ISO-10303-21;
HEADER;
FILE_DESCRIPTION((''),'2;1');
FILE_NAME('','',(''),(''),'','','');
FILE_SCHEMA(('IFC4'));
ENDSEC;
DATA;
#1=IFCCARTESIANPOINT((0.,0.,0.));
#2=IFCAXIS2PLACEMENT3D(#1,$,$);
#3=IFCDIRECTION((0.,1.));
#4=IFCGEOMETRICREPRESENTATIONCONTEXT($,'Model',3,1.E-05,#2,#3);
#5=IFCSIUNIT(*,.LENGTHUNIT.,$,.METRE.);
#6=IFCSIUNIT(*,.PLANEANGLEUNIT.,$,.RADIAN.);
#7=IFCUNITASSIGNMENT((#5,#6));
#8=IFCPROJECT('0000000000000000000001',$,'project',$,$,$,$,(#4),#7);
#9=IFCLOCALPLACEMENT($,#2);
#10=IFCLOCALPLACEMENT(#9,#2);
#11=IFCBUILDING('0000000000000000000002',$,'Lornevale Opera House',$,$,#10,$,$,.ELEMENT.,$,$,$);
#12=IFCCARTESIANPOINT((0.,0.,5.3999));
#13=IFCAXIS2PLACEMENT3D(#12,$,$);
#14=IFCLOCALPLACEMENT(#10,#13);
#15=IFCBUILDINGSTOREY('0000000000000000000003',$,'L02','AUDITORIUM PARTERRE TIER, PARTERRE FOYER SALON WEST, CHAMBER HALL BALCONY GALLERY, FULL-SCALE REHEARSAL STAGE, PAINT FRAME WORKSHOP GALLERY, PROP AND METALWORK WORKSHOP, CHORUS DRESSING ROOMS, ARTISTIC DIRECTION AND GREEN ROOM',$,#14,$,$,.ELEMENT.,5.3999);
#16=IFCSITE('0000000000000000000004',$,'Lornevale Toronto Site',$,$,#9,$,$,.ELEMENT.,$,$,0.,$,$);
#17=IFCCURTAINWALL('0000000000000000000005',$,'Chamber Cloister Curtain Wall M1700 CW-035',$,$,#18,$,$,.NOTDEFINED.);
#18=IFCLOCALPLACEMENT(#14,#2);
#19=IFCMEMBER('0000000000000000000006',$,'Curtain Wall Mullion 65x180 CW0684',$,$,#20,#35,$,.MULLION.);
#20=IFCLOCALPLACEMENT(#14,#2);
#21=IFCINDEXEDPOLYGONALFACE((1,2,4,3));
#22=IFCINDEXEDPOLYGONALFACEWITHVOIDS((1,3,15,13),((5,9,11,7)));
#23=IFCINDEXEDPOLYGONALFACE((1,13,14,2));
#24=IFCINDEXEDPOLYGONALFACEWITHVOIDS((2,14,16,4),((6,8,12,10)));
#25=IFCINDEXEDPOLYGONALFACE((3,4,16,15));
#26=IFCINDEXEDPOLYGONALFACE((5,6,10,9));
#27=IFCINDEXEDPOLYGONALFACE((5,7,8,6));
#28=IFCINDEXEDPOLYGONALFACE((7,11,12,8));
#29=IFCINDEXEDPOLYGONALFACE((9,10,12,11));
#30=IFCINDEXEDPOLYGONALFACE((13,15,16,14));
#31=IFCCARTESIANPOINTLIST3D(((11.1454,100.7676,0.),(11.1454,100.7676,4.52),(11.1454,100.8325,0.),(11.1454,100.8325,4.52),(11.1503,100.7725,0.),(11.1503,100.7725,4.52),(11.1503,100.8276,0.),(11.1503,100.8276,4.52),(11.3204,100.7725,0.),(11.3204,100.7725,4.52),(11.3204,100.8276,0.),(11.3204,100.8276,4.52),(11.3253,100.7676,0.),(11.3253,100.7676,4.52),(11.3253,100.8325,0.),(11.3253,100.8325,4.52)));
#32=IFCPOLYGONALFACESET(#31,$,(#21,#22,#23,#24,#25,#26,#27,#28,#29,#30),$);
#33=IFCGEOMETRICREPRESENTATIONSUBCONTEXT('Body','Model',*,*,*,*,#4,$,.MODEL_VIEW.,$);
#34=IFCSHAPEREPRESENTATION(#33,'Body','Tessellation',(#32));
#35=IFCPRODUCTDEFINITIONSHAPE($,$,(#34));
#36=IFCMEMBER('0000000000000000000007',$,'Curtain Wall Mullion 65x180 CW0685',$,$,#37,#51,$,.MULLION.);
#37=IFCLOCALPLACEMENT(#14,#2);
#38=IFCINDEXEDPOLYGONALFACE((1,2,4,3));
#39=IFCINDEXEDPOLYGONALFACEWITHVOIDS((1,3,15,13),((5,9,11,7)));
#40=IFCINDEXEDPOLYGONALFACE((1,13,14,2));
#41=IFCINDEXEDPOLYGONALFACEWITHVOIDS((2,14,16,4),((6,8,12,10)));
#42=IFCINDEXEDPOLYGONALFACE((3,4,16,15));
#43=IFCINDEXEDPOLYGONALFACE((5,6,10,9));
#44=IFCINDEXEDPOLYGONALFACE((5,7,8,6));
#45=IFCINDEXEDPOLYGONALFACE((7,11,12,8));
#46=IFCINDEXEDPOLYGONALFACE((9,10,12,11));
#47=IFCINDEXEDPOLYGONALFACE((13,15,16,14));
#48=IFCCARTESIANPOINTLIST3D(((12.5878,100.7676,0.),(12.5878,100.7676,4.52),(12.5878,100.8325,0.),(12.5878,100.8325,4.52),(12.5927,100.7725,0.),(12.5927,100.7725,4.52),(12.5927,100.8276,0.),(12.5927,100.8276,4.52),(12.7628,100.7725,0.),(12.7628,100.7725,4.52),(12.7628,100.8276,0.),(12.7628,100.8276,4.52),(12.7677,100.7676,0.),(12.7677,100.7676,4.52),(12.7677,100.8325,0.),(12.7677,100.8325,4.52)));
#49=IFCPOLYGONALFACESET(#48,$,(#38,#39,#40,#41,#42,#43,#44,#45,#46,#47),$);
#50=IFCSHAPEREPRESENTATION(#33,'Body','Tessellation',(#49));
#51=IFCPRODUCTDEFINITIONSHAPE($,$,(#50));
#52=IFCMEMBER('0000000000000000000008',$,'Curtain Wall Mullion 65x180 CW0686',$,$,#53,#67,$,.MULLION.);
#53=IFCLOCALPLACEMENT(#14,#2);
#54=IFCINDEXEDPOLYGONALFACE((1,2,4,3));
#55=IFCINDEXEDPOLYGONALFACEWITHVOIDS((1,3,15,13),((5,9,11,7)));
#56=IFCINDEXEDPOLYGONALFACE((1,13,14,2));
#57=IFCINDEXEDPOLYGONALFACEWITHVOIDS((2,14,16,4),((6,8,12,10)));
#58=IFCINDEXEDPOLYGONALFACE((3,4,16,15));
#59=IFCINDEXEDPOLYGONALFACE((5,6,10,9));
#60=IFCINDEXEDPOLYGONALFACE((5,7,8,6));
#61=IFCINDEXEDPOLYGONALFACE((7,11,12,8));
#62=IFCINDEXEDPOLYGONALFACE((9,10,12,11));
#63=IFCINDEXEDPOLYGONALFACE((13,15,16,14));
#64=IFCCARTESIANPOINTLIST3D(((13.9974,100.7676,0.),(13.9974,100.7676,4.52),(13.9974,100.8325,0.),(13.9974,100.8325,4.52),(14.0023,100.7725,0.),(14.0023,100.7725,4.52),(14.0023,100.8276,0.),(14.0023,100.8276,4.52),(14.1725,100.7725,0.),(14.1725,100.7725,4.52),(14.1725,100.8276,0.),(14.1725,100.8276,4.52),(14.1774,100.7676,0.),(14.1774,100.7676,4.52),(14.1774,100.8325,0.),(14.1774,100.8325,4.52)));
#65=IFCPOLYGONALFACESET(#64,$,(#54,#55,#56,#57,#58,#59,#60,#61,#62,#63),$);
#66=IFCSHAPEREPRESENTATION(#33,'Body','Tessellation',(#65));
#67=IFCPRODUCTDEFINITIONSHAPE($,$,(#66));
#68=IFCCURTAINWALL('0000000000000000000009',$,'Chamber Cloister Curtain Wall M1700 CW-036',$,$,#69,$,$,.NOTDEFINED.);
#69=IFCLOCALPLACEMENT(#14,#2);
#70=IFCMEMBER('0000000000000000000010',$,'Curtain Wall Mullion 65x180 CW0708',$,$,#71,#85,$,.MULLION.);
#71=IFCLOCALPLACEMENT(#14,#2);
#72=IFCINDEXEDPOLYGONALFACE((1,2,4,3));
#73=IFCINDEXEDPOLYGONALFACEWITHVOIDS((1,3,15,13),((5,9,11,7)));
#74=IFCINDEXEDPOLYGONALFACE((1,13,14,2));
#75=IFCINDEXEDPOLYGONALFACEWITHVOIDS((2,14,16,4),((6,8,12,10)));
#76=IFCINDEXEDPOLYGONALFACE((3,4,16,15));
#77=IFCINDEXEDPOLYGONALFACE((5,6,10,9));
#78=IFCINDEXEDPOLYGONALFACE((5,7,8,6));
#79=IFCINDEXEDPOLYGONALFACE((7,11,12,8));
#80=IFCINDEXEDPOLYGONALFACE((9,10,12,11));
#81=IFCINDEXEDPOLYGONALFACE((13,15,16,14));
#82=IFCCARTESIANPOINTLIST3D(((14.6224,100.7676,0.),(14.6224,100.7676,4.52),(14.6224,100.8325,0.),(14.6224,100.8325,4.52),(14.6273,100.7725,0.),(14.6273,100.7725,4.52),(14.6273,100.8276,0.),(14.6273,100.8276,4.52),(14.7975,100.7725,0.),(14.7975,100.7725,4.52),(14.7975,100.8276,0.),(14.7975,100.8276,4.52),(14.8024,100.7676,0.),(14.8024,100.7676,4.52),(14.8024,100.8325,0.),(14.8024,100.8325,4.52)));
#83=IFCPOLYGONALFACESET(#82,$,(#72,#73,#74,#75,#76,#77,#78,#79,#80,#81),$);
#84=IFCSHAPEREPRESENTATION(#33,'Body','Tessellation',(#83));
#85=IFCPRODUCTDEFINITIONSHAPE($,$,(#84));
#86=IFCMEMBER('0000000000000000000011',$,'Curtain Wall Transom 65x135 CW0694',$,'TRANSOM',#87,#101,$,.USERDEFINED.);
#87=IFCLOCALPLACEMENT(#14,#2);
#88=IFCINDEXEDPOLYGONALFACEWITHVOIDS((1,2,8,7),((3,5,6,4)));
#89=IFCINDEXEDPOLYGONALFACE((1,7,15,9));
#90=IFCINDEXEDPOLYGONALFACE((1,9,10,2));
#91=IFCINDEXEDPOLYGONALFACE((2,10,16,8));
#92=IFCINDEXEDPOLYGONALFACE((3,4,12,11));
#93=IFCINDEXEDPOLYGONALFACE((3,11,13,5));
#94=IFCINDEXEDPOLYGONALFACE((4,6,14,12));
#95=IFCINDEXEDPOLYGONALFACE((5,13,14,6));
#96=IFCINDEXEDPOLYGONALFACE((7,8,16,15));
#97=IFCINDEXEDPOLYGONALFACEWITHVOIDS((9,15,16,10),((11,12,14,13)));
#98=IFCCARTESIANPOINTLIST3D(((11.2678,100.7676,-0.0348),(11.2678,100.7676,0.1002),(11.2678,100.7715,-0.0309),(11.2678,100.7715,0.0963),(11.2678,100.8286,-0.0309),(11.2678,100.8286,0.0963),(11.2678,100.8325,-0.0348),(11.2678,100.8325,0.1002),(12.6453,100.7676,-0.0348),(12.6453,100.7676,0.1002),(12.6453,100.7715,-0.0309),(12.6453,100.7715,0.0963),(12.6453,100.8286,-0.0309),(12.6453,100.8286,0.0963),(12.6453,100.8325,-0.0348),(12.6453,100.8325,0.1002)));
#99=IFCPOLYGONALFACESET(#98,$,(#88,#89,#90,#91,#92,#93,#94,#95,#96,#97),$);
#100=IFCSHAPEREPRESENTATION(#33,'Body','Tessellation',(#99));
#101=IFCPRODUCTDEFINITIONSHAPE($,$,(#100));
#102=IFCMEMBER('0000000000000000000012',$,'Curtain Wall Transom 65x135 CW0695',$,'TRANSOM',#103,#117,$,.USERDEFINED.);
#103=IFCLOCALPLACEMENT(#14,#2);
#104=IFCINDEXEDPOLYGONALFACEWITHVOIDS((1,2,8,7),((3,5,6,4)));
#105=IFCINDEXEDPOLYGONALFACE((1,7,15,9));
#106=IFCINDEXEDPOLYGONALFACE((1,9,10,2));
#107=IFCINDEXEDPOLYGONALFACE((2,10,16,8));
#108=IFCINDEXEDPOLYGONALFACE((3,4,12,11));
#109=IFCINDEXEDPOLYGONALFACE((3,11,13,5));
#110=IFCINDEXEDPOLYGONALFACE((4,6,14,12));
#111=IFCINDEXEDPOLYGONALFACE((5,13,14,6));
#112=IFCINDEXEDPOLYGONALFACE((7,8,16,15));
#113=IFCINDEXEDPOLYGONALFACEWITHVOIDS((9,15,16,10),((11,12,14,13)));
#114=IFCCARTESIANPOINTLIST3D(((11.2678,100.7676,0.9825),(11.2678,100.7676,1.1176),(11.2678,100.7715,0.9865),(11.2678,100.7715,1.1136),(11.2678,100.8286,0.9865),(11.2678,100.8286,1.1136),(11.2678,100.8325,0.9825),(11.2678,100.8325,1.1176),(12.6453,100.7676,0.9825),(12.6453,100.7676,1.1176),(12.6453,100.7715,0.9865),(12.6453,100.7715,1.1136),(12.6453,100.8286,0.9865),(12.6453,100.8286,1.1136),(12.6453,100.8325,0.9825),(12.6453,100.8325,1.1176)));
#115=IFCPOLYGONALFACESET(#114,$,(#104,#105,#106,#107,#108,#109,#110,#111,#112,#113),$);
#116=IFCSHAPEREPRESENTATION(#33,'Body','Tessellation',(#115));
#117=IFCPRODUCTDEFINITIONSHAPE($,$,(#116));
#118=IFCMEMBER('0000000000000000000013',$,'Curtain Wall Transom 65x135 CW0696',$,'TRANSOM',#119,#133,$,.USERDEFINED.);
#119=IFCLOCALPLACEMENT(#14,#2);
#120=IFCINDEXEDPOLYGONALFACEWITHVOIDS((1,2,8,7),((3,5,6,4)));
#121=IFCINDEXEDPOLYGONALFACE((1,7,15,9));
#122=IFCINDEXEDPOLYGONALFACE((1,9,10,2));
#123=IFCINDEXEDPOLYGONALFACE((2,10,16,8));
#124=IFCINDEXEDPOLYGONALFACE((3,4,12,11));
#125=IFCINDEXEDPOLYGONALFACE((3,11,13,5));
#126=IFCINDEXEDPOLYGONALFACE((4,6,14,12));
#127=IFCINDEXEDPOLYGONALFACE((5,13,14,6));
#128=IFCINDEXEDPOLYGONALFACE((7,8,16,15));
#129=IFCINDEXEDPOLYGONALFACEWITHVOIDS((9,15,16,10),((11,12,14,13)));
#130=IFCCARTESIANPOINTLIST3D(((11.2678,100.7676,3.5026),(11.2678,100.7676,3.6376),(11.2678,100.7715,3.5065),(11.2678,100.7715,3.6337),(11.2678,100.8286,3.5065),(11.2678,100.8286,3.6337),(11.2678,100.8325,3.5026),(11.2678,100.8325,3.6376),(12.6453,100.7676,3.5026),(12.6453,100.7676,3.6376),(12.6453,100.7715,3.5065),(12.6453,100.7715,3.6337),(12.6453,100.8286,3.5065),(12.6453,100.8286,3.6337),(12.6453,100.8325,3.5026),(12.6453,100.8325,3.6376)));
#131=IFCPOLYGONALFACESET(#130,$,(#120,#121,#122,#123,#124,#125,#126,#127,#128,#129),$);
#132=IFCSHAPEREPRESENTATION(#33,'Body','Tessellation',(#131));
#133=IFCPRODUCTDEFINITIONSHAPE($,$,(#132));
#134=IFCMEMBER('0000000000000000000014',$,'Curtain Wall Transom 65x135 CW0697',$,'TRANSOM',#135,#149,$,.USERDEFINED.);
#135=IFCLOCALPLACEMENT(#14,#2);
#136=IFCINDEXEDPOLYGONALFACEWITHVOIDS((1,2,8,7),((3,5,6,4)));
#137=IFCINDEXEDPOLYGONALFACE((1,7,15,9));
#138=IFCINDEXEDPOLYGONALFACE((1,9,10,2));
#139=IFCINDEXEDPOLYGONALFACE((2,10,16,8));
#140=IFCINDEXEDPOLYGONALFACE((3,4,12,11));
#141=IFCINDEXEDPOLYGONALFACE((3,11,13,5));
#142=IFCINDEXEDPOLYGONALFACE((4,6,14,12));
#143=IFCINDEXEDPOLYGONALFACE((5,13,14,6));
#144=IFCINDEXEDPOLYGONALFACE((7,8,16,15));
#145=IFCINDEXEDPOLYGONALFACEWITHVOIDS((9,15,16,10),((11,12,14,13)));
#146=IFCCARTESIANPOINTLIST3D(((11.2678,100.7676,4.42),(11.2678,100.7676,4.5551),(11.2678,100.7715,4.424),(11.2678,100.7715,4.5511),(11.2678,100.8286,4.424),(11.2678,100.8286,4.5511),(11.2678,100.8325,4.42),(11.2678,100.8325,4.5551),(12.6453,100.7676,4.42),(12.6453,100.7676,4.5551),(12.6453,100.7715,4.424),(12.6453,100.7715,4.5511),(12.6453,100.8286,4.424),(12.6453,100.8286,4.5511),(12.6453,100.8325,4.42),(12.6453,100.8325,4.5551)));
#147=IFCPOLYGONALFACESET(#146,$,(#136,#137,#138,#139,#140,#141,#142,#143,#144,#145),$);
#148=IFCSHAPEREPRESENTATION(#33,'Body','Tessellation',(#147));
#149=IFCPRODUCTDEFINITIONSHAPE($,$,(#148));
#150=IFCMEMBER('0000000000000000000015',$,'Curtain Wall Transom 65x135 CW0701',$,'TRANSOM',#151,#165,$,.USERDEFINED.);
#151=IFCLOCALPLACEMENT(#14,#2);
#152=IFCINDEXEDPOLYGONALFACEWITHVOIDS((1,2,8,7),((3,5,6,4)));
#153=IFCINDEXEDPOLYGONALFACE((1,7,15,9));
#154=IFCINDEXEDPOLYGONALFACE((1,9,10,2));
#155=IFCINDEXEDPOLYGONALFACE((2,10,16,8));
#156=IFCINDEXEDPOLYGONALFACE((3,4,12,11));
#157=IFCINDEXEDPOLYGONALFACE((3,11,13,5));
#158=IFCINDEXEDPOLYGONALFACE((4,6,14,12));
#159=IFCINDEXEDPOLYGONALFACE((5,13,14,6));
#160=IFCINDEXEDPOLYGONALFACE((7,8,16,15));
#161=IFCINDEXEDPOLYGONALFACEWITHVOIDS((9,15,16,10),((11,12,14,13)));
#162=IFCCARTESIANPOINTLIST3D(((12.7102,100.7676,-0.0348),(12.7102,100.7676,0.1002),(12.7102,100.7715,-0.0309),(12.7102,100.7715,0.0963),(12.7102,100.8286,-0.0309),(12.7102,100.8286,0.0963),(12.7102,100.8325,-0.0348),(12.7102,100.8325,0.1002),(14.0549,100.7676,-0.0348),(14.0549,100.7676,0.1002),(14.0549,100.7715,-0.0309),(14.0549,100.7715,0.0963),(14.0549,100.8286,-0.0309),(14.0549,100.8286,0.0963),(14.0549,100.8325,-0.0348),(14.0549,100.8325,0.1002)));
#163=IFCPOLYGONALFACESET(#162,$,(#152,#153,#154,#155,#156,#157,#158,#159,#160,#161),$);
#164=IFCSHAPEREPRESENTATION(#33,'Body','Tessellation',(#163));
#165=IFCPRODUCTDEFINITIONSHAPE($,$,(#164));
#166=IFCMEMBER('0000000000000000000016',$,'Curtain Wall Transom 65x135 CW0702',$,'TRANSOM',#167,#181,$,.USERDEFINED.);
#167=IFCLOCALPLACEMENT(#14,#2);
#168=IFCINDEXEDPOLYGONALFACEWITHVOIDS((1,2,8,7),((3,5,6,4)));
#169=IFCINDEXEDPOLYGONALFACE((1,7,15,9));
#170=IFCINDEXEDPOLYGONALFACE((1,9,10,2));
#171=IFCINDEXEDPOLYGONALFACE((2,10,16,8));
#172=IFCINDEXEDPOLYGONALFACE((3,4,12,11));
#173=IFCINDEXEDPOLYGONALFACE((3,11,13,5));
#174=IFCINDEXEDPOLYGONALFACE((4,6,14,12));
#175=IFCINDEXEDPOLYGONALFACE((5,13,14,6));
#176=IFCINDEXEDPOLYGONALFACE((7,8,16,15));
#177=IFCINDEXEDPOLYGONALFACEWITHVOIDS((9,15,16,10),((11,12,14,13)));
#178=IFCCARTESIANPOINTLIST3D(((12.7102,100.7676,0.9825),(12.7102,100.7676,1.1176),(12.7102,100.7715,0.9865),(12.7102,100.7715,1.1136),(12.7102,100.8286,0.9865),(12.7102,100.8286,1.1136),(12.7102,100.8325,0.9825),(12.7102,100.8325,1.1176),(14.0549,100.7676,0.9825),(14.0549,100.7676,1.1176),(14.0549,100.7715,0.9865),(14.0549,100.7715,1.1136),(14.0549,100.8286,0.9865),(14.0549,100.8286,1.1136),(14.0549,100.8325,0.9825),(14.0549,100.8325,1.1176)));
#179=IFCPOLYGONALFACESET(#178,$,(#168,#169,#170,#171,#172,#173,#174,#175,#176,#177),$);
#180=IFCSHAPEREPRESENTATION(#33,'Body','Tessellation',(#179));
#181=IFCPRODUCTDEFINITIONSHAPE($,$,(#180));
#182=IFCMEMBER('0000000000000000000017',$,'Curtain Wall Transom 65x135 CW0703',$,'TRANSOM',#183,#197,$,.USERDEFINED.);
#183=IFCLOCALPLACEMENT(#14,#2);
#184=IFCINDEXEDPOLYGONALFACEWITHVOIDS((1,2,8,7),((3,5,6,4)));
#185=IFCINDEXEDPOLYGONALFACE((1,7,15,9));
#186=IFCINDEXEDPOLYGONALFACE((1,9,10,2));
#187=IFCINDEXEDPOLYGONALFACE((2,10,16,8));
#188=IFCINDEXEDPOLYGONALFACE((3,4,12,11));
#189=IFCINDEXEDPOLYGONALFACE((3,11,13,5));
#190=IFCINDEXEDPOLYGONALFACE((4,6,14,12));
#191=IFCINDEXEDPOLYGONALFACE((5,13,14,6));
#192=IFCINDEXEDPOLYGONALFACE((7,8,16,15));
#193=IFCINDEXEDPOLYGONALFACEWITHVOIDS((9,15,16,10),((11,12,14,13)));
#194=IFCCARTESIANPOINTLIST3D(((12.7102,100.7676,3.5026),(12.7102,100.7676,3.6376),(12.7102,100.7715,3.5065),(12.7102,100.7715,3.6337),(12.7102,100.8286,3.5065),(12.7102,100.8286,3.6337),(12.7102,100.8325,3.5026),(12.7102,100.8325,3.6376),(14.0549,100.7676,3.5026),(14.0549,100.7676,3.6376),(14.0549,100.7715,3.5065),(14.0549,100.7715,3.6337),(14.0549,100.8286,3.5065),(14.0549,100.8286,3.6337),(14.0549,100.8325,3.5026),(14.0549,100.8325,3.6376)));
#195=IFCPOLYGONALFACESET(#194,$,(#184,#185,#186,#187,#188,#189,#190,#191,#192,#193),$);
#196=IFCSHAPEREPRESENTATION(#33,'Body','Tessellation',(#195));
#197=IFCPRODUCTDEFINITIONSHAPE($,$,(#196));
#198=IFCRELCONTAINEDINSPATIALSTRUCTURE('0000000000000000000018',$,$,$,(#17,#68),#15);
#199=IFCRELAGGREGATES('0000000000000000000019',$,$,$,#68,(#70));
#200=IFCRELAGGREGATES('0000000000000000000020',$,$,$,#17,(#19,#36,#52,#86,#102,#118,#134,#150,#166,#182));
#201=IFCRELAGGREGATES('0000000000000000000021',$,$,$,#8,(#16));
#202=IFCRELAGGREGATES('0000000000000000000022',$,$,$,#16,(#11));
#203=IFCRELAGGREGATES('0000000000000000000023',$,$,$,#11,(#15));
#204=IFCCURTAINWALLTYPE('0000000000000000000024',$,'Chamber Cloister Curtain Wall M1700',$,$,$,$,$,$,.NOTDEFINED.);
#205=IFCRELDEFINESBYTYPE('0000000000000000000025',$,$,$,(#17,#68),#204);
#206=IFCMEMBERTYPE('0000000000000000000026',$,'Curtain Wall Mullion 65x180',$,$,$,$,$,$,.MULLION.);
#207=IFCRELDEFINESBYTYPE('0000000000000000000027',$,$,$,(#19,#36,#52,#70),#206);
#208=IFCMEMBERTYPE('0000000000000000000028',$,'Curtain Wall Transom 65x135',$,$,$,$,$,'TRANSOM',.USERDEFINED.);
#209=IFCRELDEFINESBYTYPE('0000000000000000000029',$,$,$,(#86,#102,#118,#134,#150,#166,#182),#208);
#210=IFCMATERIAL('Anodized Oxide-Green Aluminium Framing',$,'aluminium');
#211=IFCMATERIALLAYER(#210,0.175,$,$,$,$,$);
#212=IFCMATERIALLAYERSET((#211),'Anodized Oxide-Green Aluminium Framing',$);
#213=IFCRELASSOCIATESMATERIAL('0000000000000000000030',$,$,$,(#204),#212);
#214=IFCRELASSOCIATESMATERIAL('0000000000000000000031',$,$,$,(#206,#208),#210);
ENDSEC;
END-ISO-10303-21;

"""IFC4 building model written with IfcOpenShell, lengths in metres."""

from ifc_helpers import new_model, si_unit, direction, frame, origin, origin_2d, place, context, subcontext, project, spatial, hollow_rectangle, extrude, material, layer, layer_set, material_profile, profile_set, type_object, element, aggregate, save


model = new_model("IFC4")

# Units and contexts
model_context = context("Model", 3, precision=1e-05, world=origin(), true_north=direction((0.0, 1.0)))
body_context = subcontext(model_context, "Body", "Model", "MODEL_VIEW")
ifc_project = project(units=[si_unit("LENGTHUNIT", "METRE"), si_unit("PLANEANGLEUNIT", "RADIAN")], contexts=[model_context])

# Site, building, storey
site_placement = place(None, origin())
site = spatial("IfcSite", under=ifc_project, at=site_placement, Name="Lornevale Toronto Site", CompositionType="ELEMENT", RefElevation=0.0)
building_placement = place(site_placement, origin())
building = spatial("IfcBuilding", under=site, at=building_placement, Name="Lornevale Opera House", CompositionType="ELEMENT")
storey_placement = place(building_placement, frame((0.0, 0.0, 5.3999)))
storey = spatial("IfcBuildingStorey", under=building, at=storey_placement, Name="L02", Description="AUDITORIUM PARTERRE TIER, PARTERRE FOYER SALON WEST, CHAMBER HALL BALCONY GALLERY, FULL-SCALE REHEARSAL STAGE, PAINT FRAME WORKSHOP GALLERY, PROP AND METALWORK WORKSHOP, CHORUS DRESSING ROOMS, ARTISTIC DIRECTION AND GREEN ROOM", CompositionType="ELEMENT", Elevation=5.3999)

# Curtain wall, members
ifc_material_1 = material(Name="Anodized Oxide-Green Aluminium Framing", Category="aluminium")
ifc_layer_1 = layer(ifc_material_1, 0.175)
ifc_layer_set_1 = layer_set([ifc_layer_1], Name="Anodized Oxide-Green Aluminium Framing")
curtain_wall_type = type_object("IfcCurtainWallType", Name="Chamber Cloister Curtain Wall M1700", PredefinedType="NOTDEFINED", material=ifc_layer_set_1)
curtain_wall_1_placement = place(storey_placement, origin())
curtain_wall_1 = element("IfcCurtainWall", 1, at=curtain_wall_1_placement, inside=storey, type_object=curtain_wall_type, Name="Chamber Cloister Curtain Wall M1700 CW-035", PredefinedType="NOTDEFINED")
ifc_material_profile_1 = material_profile(ifc_material_1, hollow_rectangle(XDim=0.0649, YDim=0.1799, WallThickness=0.0049, at=origin_2d()), Name="ALU65x180x5")
ifc_profile_set_1 = profile_set([ifc_material_profile_1], Name="Anodized Oxide-Green Aluminium Framing")
member_type_1 = type_object("IfcMemberType", Name="Curtain Wall Mullion 65x180", PredefinedType="MULLION", material=ifc_profile_set_1)
member_1_placement = place(storey_placement, frame((11.2354, 100.8, 0.0), z_axis=(0.0, 0.0, 1.0), x_axis=(0.0, 1.0, 0.0)))
member_1 = element("IfcMember", 2, at=member_1_placement, type_object=member_type_1, Name="Curtain Wall Mullion 65x180 CW0684", PredefinedType="MULLION", context=body_context, shape_type="SweptSolid", body=[
    extrude(hollow_rectangle(XDim=0.0649, YDim=0.1799, WallThickness=0.0049, at=origin_2d()), origin(), (0.0, 0.0, 1.0), 4.52),
])
member_2_placement = place(storey_placement, frame((12.6777, 100.8, 0.0), z_axis=(0.0, 0.0, 1.0), x_axis=(0.0, 1.0, 0.0)))
member_2 = element("IfcMember", 3, at=member_2_placement, type_object=member_type_1, Name="Curtain Wall Mullion 65x180 CW0685", PredefinedType="MULLION", context=body_context, shape_type="SweptSolid", body=[
    extrude(hollow_rectangle(XDim=0.0649, YDim=0.1799, WallThickness=0.0049, at=origin_2d()), origin(), (0.0, 0.0, 1.0), 4.52),
])
member_3_placement = place(storey_placement, frame((14.0874, 100.8, 0.0), z_axis=(0.0, 0.0, 1.0), x_axis=(0.0, 1.0, 0.0)))
member_3 = element("IfcMember", 4, at=member_3_placement, type_object=member_type_1, Name="Curtain Wall Mullion 65x180 CW0686", PredefinedType="MULLION", context=body_context, shape_type="SweptSolid", body=[
    extrude(hollow_rectangle(XDim=0.0649, YDim=0.1799, WallThickness=0.0049, at=origin_2d()), origin(), (0.0, 0.0, 1.0), 4.52),
])

# Curtain wall, member
curtain_wall_2_placement = place(storey_placement, origin())
curtain_wall_2 = element("IfcCurtainWall", 5, at=curtain_wall_2_placement, inside=storey, type_object=curtain_wall_type, Name="Chamber Cloister Curtain Wall M1700 CW-036", PredefinedType="NOTDEFINED")
member_4_placement = place(storey_placement, frame((14.7124, 100.8, 0.0), z_axis=(0.0, 0.0, 1.0), x_axis=(0.0, 1.0, 0.0)))
member_4 = element("IfcMember", 6, at=member_4_placement, type_object=member_type_1, Name="Curtain Wall Mullion 65x180 CW0708", PredefinedType="MULLION", context=body_context, shape_type="SweptSolid", body=[
    extrude(hollow_rectangle(XDim=0.0649, YDim=0.1799, WallThickness=0.0049, at=origin_2d()), origin(), (0.0, 0.0, 1.0), 4.52),
])

# Members
ifc_material_profile_2 = material_profile(ifc_material_1, hollow_rectangle(XDim=0.0649, YDim=0.135, WallThickness=0.0039, at=origin_2d()), Name="ALU65x135x4")
ifc_profile_set_2 = profile_set([ifc_material_profile_2], Name="Anodized Oxide-Green Aluminium Framing")
member_type_2 = type_object("IfcMemberType", Name="Curtain Wall Transom 65x135", ElementType="TRANSOM", PredefinedType="USERDEFINED", material=ifc_profile_set_2)
member_5_placement = place(storey_placement, frame((11.2678, 100.8, 0.0327), z_axis=(1.0, 0.0, 0.0), x_axis=(0.0, 1.0, 0.0)))
member_5 = element("IfcMember", 7, at=member_5_placement, type_object=member_type_2, Name="Curtain Wall Transom 65x135 CW0694", ObjectType="TRANSOM", PredefinedType="USERDEFINED", context=body_context, shape_type="SweptSolid", body=[
    extrude(hollow_rectangle(XDim=0.0649, YDim=0.135, WallThickness=0.0039, at=origin_2d()), origin(), (0.0, 0.0, 1.0), 1.3774),
])
member_6_placement = place(storey_placement, frame((11.2678, 100.8, 1.05), z_axis=(1.0, 0.0, 0.0), x_axis=(0.0, 1.0, 0.0)))
member_6 = element("IfcMember", 8, at=member_6_placement, type_object=member_type_2, Name="Curtain Wall Transom 65x135 CW0695", ObjectType="TRANSOM", PredefinedType="USERDEFINED", context=body_context, shape_type="SweptSolid", body=[
    extrude(hollow_rectangle(XDim=0.0649, YDim=0.135, WallThickness=0.0039, at=origin_2d()), origin(), (0.0, 0.0, 1.0), 1.3774),
])
member_7_placement = place(storey_placement, frame((11.2678, 100.8, 3.5701), z_axis=(1.0, 0.0, 0.0), x_axis=(0.0, 1.0, 0.0)))
member_7 = element("IfcMember", 9, at=member_7_placement, type_object=member_type_2, Name="Curtain Wall Transom 65x135 CW0696", ObjectType="TRANSOM", PredefinedType="USERDEFINED", context=body_context, shape_type="SweptSolid", body=[
    extrude(hollow_rectangle(XDim=0.0649, YDim=0.135, WallThickness=0.0039, at=origin_2d()), origin(), (0.0, 0.0, 1.0), 1.3774),
])
member_8_placement = place(storey_placement, frame((11.2678, 100.8, 4.4875), z_axis=(1.0, 0.0, 0.0), x_axis=(0.0, 1.0, 0.0)))
member_8 = element("IfcMember", 10, at=member_8_placement, type_object=member_type_2, Name="Curtain Wall Transom 65x135 CW0697", ObjectType="TRANSOM", PredefinedType="USERDEFINED", context=body_context, shape_type="SweptSolid", body=[
    extrude(hollow_rectangle(XDim=0.0649, YDim=0.135, WallThickness=0.0039, at=origin_2d()), origin(), (0.0, 0.0, 1.0), 1.3774),
])
member_9_placement = place(storey_placement, frame((12.7102, 100.8, 0.0327), z_axis=(1.0, 0.0, 0.0), x_axis=(0.0, 1.0, 0.0)))
member_9 = element("IfcMember", 11, at=member_9_placement, type_object=member_type_2, Name="Curtain Wall Transom 65x135 CW0701", ObjectType="TRANSOM", PredefinedType="USERDEFINED", context=body_context, shape_type="SweptSolid", body=[
    extrude(hollow_rectangle(XDim=0.0649, YDim=0.135, WallThickness=0.0039, at=origin_2d()), origin(), (0.0, 0.0, 1.0), 1.3447),
])
member_10_placement = place(storey_placement, frame((12.7102, 100.8, 1.05), z_axis=(1.0, 0.0, 0.0), x_axis=(0.0, 1.0, 0.0)))
member_10 = element("IfcMember", 12, at=member_10_placement, type_object=member_type_2, Name="Curtain Wall Transom 65x135 CW0702", ObjectType="TRANSOM", PredefinedType="USERDEFINED", context=body_context, shape_type="SweptSolid", body=[
    extrude(hollow_rectangle(XDim=0.0649, YDim=0.135, WallThickness=0.0039, at=origin_2d()), origin(), (0.0, 0.0, 1.0), 1.3447),
])
member_11_placement = place(storey_placement, frame((12.7102, 100.8, 3.5701), z_axis=(1.0, 0.0, 0.0), x_axis=(0.0, 1.0, 0.0)))
member_11 = element("IfcMember", 13, at=member_11_placement, type_object=member_type_2, Name="Curtain Wall Transom 65x135 CW0703", ObjectType="TRANSOM", PredefinedType="USERDEFINED", context=body_context, shape_type="SweptSolid", body=[
    extrude(hollow_rectangle(XDim=0.0649, YDim=0.135, WallThickness=0.0039, at=origin_2d()), origin(), (0.0, 0.0, 1.0), 1.3447),
])
aggregate(curtain_wall_2, [member_4])

aggregate(curtain_wall_1, [member_1, member_2, member_3, member_5, member_6, member_7, member_8, member_9, member_10, member_11])

save(model, "model.ifc")
